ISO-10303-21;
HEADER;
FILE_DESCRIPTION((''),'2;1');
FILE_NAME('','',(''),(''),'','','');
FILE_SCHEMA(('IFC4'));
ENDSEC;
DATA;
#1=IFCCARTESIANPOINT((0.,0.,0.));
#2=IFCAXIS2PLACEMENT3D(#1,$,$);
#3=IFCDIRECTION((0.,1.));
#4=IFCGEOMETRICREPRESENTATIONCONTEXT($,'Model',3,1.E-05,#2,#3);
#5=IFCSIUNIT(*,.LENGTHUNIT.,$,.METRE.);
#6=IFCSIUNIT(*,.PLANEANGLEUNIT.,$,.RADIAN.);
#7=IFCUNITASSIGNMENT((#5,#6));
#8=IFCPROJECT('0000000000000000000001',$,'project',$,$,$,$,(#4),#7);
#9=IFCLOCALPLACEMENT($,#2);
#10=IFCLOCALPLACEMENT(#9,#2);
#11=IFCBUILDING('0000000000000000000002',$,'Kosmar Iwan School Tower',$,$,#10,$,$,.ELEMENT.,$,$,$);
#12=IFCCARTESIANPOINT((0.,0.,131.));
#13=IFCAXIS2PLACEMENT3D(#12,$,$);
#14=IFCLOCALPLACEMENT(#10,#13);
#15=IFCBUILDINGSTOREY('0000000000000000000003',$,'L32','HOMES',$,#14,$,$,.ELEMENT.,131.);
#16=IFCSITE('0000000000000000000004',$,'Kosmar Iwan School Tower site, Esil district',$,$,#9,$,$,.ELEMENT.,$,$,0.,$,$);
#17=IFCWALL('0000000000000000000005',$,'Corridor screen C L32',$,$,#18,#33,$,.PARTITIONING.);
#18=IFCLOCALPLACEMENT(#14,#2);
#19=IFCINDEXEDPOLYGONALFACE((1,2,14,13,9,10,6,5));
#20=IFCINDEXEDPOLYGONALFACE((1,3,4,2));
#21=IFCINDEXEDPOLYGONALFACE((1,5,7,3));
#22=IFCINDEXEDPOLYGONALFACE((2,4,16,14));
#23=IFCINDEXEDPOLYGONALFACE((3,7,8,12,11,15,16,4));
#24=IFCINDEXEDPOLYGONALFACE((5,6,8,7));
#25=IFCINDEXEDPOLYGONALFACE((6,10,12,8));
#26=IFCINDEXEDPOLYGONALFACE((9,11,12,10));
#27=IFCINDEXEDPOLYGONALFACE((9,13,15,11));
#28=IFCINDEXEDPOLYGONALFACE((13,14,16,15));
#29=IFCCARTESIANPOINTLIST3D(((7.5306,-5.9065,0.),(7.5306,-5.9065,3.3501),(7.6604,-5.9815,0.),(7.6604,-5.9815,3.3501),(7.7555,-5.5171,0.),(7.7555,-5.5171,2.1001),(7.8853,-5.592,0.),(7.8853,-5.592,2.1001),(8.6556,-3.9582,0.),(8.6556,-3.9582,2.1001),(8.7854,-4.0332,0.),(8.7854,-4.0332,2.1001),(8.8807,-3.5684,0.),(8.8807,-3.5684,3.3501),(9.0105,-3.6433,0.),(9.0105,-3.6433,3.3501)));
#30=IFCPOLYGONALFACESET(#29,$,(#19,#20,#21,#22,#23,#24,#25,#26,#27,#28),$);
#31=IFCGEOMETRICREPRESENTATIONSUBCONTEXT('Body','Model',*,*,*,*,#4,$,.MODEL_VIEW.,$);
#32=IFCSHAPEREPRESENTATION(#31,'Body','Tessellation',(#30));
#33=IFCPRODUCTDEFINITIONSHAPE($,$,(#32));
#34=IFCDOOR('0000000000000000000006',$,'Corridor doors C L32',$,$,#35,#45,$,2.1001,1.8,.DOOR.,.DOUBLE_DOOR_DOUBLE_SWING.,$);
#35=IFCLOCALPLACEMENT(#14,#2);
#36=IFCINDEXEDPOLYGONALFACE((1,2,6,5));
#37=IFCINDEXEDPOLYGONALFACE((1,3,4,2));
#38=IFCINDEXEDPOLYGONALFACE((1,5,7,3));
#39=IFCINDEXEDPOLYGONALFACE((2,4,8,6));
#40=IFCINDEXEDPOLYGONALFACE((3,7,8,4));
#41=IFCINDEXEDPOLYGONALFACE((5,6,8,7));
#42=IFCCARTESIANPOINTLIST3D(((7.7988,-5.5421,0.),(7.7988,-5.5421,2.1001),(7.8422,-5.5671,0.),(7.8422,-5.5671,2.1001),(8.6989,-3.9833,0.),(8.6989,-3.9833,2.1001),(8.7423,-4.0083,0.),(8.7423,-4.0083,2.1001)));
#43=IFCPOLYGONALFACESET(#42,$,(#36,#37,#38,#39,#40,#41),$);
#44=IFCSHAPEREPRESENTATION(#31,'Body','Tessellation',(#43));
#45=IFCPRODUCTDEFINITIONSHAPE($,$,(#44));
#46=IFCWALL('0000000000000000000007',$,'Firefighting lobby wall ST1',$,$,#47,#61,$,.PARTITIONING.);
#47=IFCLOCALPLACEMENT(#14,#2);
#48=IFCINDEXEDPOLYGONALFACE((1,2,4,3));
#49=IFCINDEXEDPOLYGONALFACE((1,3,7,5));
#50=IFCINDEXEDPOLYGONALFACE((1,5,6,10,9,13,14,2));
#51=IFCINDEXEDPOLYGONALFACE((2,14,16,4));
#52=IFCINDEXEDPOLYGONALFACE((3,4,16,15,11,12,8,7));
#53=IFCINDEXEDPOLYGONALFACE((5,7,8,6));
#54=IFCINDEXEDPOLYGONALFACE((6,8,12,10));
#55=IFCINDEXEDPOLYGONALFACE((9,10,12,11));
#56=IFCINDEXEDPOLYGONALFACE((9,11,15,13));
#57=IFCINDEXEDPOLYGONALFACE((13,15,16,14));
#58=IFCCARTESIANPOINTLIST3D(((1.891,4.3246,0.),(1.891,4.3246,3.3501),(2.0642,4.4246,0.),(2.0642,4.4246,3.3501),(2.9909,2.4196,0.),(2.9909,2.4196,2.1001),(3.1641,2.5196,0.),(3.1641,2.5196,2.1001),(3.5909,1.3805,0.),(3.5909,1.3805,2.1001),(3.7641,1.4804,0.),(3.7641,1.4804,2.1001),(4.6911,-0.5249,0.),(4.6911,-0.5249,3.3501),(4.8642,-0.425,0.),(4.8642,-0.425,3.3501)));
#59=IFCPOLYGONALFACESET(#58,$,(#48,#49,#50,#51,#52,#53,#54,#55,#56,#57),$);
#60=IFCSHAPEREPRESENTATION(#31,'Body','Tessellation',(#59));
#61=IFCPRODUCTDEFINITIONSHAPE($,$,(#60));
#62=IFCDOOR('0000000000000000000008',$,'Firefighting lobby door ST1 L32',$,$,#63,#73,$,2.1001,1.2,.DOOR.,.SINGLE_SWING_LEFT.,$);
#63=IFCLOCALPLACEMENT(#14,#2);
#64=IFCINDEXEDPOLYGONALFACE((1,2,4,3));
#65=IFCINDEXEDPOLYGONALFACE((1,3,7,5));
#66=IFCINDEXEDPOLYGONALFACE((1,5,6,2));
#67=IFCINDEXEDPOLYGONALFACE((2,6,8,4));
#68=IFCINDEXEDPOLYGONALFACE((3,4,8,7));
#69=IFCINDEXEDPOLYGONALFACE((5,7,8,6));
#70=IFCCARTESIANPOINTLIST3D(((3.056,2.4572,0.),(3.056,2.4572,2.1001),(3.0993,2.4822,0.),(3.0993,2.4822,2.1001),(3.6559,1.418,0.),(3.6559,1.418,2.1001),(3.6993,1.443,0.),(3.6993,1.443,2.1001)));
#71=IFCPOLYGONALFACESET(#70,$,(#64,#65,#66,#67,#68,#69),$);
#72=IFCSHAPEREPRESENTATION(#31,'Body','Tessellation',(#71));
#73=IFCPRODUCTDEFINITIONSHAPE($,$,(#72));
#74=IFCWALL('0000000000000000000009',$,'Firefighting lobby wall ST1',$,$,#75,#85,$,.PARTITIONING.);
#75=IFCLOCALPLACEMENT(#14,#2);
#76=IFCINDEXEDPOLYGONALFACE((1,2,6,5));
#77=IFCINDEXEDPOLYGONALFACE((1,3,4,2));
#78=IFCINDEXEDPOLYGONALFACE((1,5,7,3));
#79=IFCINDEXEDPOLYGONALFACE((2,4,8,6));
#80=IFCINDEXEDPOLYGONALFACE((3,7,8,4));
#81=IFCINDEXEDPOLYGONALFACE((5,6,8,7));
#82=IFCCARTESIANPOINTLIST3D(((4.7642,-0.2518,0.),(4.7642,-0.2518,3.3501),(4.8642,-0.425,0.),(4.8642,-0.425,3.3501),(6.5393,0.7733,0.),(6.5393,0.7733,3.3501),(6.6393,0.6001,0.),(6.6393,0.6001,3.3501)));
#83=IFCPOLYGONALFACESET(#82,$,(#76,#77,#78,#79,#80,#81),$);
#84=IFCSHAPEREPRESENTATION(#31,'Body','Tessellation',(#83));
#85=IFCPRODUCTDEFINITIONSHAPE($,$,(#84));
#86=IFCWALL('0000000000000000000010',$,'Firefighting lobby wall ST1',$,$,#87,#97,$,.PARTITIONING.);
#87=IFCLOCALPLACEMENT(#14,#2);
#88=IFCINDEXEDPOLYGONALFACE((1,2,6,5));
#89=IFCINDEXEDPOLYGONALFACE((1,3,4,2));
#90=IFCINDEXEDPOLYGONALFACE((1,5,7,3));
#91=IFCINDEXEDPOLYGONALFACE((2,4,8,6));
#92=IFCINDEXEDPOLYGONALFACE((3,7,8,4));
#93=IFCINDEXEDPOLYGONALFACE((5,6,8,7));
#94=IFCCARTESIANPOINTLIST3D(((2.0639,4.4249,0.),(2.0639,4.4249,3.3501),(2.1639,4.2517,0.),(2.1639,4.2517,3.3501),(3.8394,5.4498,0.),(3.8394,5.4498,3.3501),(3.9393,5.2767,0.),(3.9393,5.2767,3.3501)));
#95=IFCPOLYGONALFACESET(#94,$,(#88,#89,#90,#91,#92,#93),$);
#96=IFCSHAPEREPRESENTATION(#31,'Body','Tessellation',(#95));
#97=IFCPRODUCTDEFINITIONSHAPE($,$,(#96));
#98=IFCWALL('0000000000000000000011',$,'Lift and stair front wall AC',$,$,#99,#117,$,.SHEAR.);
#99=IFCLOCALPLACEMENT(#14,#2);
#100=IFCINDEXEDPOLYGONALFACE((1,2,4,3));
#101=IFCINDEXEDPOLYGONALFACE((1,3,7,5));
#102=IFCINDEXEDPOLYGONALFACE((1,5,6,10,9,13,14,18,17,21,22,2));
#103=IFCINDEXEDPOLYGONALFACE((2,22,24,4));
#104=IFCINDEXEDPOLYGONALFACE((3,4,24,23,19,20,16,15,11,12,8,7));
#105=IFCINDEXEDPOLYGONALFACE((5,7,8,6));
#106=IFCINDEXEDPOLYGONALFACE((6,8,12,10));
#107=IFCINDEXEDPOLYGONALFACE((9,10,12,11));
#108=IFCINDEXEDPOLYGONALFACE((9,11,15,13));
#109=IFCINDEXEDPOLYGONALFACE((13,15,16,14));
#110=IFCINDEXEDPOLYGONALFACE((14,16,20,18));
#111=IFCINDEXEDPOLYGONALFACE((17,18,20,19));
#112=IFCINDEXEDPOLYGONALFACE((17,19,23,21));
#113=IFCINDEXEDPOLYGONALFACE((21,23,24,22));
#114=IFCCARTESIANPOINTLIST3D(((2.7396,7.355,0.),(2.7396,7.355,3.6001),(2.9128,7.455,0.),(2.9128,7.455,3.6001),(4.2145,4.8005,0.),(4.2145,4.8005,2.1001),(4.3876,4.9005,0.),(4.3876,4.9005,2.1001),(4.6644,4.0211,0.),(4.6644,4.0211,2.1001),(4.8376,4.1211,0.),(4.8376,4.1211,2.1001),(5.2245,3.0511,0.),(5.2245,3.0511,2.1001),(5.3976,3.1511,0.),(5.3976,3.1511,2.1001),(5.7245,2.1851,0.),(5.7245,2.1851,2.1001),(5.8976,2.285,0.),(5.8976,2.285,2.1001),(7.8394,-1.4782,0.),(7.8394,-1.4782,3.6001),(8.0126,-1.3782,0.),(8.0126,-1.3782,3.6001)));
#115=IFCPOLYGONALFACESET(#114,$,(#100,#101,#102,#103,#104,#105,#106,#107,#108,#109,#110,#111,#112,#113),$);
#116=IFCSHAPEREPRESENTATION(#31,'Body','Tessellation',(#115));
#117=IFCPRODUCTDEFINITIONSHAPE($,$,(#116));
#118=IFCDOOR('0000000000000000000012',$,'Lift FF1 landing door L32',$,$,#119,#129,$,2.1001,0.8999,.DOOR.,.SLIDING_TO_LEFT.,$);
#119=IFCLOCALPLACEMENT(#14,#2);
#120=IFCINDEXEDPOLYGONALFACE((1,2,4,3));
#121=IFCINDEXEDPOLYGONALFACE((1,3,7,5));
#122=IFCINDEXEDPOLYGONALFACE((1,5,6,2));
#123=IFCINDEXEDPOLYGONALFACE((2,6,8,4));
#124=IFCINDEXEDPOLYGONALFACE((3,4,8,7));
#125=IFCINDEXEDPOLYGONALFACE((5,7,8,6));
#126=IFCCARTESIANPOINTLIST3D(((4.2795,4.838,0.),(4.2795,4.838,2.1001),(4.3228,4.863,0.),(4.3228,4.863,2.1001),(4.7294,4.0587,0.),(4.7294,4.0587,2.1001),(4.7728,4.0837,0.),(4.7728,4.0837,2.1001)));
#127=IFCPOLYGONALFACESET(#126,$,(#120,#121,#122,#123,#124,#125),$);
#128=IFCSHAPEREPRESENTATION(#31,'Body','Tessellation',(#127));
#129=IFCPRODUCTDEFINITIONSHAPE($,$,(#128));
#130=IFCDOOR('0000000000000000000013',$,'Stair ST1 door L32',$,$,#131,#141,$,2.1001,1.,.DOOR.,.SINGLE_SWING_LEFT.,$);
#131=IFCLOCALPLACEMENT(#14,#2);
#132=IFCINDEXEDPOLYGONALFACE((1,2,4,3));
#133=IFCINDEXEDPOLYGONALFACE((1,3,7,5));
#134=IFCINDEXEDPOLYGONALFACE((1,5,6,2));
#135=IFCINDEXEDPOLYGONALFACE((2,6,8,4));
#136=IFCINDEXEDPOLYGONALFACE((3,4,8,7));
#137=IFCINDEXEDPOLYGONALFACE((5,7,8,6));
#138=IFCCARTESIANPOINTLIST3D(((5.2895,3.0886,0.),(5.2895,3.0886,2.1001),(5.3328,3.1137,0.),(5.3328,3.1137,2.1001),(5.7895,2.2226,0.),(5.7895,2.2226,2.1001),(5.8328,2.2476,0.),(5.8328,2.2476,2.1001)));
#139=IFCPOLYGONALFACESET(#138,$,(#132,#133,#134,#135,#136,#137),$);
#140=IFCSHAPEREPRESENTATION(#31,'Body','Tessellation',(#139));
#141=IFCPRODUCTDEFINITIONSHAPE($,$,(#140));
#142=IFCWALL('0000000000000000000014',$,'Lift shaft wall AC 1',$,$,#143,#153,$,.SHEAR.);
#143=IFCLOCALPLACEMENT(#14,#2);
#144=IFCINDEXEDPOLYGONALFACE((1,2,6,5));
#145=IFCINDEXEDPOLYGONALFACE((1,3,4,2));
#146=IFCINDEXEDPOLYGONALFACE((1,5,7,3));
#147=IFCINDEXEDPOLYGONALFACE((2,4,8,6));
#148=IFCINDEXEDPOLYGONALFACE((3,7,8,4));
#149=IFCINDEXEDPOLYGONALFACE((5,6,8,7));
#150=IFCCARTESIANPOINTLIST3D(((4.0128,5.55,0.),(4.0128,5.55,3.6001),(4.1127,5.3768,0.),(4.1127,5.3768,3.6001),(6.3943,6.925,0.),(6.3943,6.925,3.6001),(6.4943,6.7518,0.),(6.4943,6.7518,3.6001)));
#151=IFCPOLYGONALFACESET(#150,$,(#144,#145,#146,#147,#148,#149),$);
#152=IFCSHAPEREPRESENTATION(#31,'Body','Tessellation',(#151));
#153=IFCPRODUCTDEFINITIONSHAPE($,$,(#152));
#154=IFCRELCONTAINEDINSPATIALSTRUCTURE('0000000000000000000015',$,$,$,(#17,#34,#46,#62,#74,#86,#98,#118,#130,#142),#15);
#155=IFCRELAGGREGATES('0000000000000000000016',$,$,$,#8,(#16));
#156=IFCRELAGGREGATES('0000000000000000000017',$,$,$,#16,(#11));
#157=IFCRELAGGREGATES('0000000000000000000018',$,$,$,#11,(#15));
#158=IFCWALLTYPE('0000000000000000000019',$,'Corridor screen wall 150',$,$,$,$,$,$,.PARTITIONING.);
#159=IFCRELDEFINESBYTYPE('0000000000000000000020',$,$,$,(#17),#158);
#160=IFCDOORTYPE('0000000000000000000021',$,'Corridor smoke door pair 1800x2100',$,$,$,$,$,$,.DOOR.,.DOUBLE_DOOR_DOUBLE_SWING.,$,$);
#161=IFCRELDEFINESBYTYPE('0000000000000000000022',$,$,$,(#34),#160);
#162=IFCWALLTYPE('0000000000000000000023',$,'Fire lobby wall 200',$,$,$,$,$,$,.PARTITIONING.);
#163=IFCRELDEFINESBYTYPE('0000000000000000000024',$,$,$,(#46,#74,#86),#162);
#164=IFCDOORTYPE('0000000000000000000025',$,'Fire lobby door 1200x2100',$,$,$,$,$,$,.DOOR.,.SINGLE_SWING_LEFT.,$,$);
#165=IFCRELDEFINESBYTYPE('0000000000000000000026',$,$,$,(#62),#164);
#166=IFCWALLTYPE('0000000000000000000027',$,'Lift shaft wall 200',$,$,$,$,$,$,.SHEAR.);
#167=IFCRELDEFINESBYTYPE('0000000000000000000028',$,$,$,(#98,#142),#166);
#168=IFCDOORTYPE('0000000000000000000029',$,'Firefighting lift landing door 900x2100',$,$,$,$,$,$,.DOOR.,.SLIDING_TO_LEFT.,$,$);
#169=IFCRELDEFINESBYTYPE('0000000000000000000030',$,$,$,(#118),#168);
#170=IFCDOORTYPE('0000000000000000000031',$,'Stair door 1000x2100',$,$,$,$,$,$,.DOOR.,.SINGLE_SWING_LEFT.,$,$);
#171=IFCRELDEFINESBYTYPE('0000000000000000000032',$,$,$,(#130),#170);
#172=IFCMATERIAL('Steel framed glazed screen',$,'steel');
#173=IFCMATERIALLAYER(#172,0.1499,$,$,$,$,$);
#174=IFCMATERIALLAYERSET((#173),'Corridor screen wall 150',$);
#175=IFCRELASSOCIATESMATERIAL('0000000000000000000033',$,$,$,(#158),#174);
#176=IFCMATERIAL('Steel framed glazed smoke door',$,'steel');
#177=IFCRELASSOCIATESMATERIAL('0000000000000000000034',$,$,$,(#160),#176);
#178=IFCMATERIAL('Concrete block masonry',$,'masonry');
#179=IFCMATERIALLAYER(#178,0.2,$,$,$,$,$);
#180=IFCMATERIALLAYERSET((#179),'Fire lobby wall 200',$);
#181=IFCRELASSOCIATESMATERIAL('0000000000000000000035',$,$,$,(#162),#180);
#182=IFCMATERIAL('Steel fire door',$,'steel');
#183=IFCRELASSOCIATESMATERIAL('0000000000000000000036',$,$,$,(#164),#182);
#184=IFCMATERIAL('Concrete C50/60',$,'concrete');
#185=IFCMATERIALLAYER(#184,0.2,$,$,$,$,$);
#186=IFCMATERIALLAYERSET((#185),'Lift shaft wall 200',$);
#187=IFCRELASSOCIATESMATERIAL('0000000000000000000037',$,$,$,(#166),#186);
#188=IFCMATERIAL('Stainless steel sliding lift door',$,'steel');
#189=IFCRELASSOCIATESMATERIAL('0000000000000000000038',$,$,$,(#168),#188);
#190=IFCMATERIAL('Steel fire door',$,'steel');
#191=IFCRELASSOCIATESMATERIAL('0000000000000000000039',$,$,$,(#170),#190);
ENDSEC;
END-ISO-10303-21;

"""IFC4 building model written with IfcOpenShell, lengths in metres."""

from ifc_helpers import new_model, si_unit, direction, frame, frame_2d, origin, place, context, subcontext, project, spatial, rectangle, extrude, material, layer, layer_set, type_object, element, fill, save


model = new_model("IFC4")

# Units and contexts
model_context = context("Model", 3, precision=1e-05, world=origin(), true_north=direction((0.0, 1.0)))
body_context = subcontext(model_context, "Body", "Model", "MODEL_VIEW")
ifc_project = project(units=[si_unit("LENGTHUNIT", "METRE"), si_unit("PLANEANGLEUNIT", "RADIAN")], contexts=[model_context])

# Site, building, storey
site_placement = place(None, origin())
site = spatial("IfcSite", under=ifc_project, at=site_placement, Name="Kosmar Iwan School Tower site, Esil district", CompositionType="ELEMENT", RefElevation=0.0)
building_placement = place(site_placement, origin())
building = spatial("IfcBuilding", under=site, at=building_placement, Name="Kosmar Iwan School Tower", CompositionType="ELEMENT")
storey_placement = place(building_placement, frame((0.0, 0.0, 131.0)))
storey = spatial("IfcBuildingStorey", under=building, at=storey_placement, Name="L32", Description="HOMES", CompositionType="ELEMENT", Elevation=131.0)

# Walls, openings, doors
ifc_material_1 = material(Name="Steel framed glazed screen", Category="steel")
ifc_layer_1 = layer(ifc_material_1, 0.1499)
ifc_layer_set_1 = layer_set([ifc_layer_1], Name="Corridor screen wall 150")
wall_type_1 = type_object("IfcWallType", Name="Corridor screen wall 150", PredefinedType="PARTITIONING", material=ifc_layer_set_1)
wall_1_placement = place(storey_placement, frame((7.5955, -5.9441, 0.0), z_axis=(0.0, 0.0, 1.0), x_axis=(0.500049, 0.865997, 0.0)))
wall_1 = element("IfcWall", 1, at=wall_1_placement, inside=storey, type_object=wall_type_1, Name="Corridor screen C L32", PredefinedType="PARTITIONING", context=body_context, shape_type="SweptSolid", body=[
    extrude(rectangle(XDim=2.7, YDim=0.1499, at=frame_2d((1.3501, 0.0))), origin(), (0.0, 0.0, 1.0), 3.3501),
])
opening_1_placement = place(wall_1_placement, frame((0.45, 0.0, 0.0)))
opening_1 = element("IfcOpeningElement", 2, at=opening_1_placement, cuts=wall_1, PredefinedType="OPENING", context=body_context, shape_type="SweptSolid", body=[
    extrude(rectangle(XDim=1.8, YDim=2.1001, at=frame_2d((0.8999, 1.05))), frame((0.0, 0.0869, 0.0), z_axis=(0.0, -1.0, 0.0), x_axis=(1.0, 0.0, 0.0)), (0.0, 0.0, 1.0), 0.1738),
])
ifc_material_2 = material(Name="Steel framed glazed smoke door", Category="steel")
door_type_1 = type_object("IfcDoorType", Name="Corridor smoke door pair 1800x2100", OperationType="DOUBLE_DOOR_DOUBLE_SWING", PredefinedType="DOOR", material=ifc_material_2)
door_1_placement = place(opening_1_placement, origin())
door_1 = element("IfcDoor", 3, at=door_1_placement, inside=storey, type_object=door_type_1, Name="Corridor doors C L32", OperationType="DOUBLE_DOOR_DOUBLE_SWING", OverallHeight=2.1001, OverallWidth=1.8, PredefinedType="DOOR", context=body_context, shape_type="SweptSolid", body=[
    extrude(rectangle(XDim=1.8, YDim=2.1001, at=frame_2d((0.8999, 1.05))), frame((0.0, 0.0249, 0.0), z_axis=(0.0, -1.0, 0.0), x_axis=(1.0, 0.0, 0.0)), (0.0, 0.0, 1.0), 0.05),
])
fill(opening_1, door_1)
ifc_material_3 = material(Name="Concrete block masonry", Category="masonry")
ifc_layer_2 = layer(ifc_material_3, 0.2)
ifc_layer_set_2 = layer_set([ifc_layer_2], Name="Fire lobby wall 200")
wall_type_2 = type_object("IfcWallType", Name="Fire lobby wall 200", PredefinedType="PARTITIONING", material=ifc_layer_set_2)
wall_2_placement = place(storey_placement, frame((4.7776, -0.4749, 0.0), z_axis=(0.0, 0.0, 1.0), x_axis=(-0.500017, 0.866016, 0.0)))
wall_2 = element("IfcWall", 4, at=wall_2_placement, inside=storey, type_object=wall_type_2, Name="Firefighting lobby wall ST1", PredefinedType="PARTITIONING", context=body_context, shape_type="SweptSolid", body=[
    extrude(rectangle(XDim=5.5999, YDim=0.2, at=frame_2d((2.7998, 0.0))), origin(), (0.0, 0.0, 1.0), 3.3501),
])
opening_2_placement = place(wall_2_placement, frame((2.2, 0.0, 0.0)))
opening_2 = element("IfcOpeningElement", 5, at=opening_2_placement, cuts=wall_2, PredefinedType="OPENING", context=body_context, shape_type="SweptSolid", body=[
    extrude(rectangle(XDim=1.2, YDim=2.1001, at=frame_2d((0.6001, 1.05))), frame((0.0, 0.1121, 0.0), z_axis=(0.0, -1.0, 0.0), x_axis=(1.0, 0.0, 0.0)), (0.0, 0.0, 1.0), 0.2239),
])
ifc_material_4 = material(Name="Steel fire door", Category="steel")
door_type_2 = type_object("IfcDoorType", Name="Fire lobby door 1200x2100", OperationType="SINGLE_SWING_LEFT", PredefinedType="DOOR", material=ifc_material_4)
door_2_placement = place(opening_2_placement, origin())
door_2 = element("IfcDoor", 6, at=door_2_placement, inside=storey, type_object=door_type_2, Name="Firefighting lobby door ST1 L32", OperationType="SINGLE_SWING_LEFT", OverallHeight=2.1001, OverallWidth=1.2, PredefinedType="DOOR", context=body_context, shape_type="SweptSolid", body=[
    extrude(rectangle(XDim=1.2, YDim=2.1001, at=frame_2d((0.6001, 1.05))), frame((0.0, 0.0249, 0.0), z_axis=(0.0, -1.0, 0.0), x_axis=(1.0, 0.0, 0.0)), (0.0, 0.0, 1.0), 0.05),
])
fill(opening_2, door_2)

# Walls
wall_3_placement = place(storey_placement, frame((4.8142, -0.3384, 0.0), z_axis=(0.0, 0.0, 1.0), x_axis=(0.865969, 0.500097, 0.0)))
element("IfcWall", 7, at=wall_3_placement, inside=storey, type_object=wall_type_2, Name="Firefighting lobby wall ST1", PredefinedType="PARTITIONING", context=body_context, shape_type="SweptSolid", body=[
    extrude(rectangle(XDim=2.0498, YDim=0.2, at=frame_2d((1.0249, 0.0))), origin(), (0.0, 0.0, 1.0), 3.3501),
])
wall_4_placement = place(storey_placement, frame((2.114, 4.3384, 0.0), z_axis=(0.0, 0.0, 1.0), x_axis=(0.866051, 0.499956, 0.0)))
element("IfcWall", 8, at=wall_4_placement, inside=storey, type_object=wall_type_2, Name="Firefighting lobby wall ST1", PredefinedType="PARTITIONING", context=body_context, shape_type="SweptSolid", body=[
    extrude(rectangle(XDim=2.05, YDim=0.2, at=frame_2d((1.0249, 0.0))), origin(), (0.0, 0.0, 1.0), 3.3501),
])

# Wall, openings, doors
ifc_material_5 = material(Name="Concrete C50/60", Category="concrete")
ifc_layer_3 = layer(ifc_material_5, 0.2)
ifc_layer_set_3 = layer_set([ifc_layer_3], Name="Lift shaft wall 200")
wall_type_3 = type_object("IfcWallType", Name="Lift shaft wall 200", PredefinedType="SHEAR", material=ifc_layer_set_3)
wall_5_placement = place(storey_placement, frame((7.926, -1.4282, 0.0), z_axis=(0.0, 0.0, 1.0), x_axis=(-0.499998, 0.866027, 0.0)))
wall_5 = element("IfcWall", 9, at=wall_5_placement, inside=storey, type_object=wall_type_3, Name="Lift and stair front wall AC", PredefinedType="SHEAR", context=body_context, shape_type="SweptSolid", body=[
    extrude(rectangle(XDim=10.1997, YDim=0.2, at=frame_2d((5.0999, 0.0))), origin(), (0.0, 0.0, 1.0), 3.6001),
])
opening_3_placement = place(wall_5_placement, frame((6.3501, 0.0, 0.0)))
opening_3 = element("IfcOpeningElement", 10, at=opening_3_placement, cuts=wall_5, PredefinedType="OPENING", context=body_context, shape_type="SweptSolid", body=[
    extrude(rectangle(XDim=0.8999, YDim=2.1001, at=frame_2d((0.45, 1.05))), frame((0.0, 0.1121, 0.0), z_axis=(0.0, -1.0, 0.0), x_axis=(1.0, 0.0, 0.0)), (0.0, 0.0, 1.0), 0.2239),
])
opening_4_placement = place(wall_5_placement, frame((4.23, 0.0, 0.0)))
opening_4 = element("IfcOpeningElement", 11, at=opening_4_placement, cuts=wall_5, PredefinedType="OPENING", context=body_context, shape_type="SweptSolid", body=[
    extrude(rectangle(XDim=1.0, YDim=2.1001, at=frame_2d((0.5, 1.05))), frame((0.0, 0.1121, 0.0), z_axis=(0.0, -1.0, 0.0), x_axis=(1.0, 0.0, 0.0)), (0.0, 0.0, 1.0), 0.2239),
])
ifc_material_6 = material(Name="Stainless steel sliding lift door", Category="steel")
door_type_3 = type_object("IfcDoorType", Name="Firefighting lift landing door 900x2100", OperationType="SLIDING_TO_LEFT", PredefinedType="DOOR", material=ifc_material_6)
door_3_placement = place(opening_3_placement, origin())
door_3 = element("IfcDoor", 12, at=door_3_placement, inside=storey, type_object=door_type_3, Name="Lift FF1 landing door L32", OperationType="SLIDING_TO_LEFT", OverallHeight=2.1001, OverallWidth=0.8999, PredefinedType="DOOR", context=body_context, shape_type="SweptSolid", body=[
    extrude(rectangle(XDim=0.8999, YDim=2.1001, at=frame_2d((0.45, 1.05))), frame((0.0, 0.0249, 0.0), z_axis=(0.0, -1.0, 0.0), x_axis=(1.0, 0.0, 0.0)), (0.0, 0.0, 1.0), 0.05),
])
fill(opening_3, door_3)
ifc_material_7 = material(Name="Steel fire door", Category="steel")
door_type_4 = type_object("IfcDoorType", Name="Stair door 1000x2100", OperationType="SINGLE_SWING_LEFT", PredefinedType="DOOR", material=ifc_material_7)
door_4_placement = place(opening_4_placement, origin())
door_4 = element("IfcDoor", 13, at=door_4_placement, inside=storey, type_object=door_type_4, Name="Stair ST1 door L32", OperationType="SINGLE_SWING_LEFT", OverallHeight=2.1001, OverallWidth=1.0, PredefinedType="DOOR", context=body_context, shape_type="SweptSolid", body=[
    extrude(rectangle(XDim=1.0, YDim=2.1001, at=frame_2d((0.5, 1.05))), frame((0.0, 0.0249, 0.0), z_axis=(0.0, -1.0, 0.0), x_axis=(1.0, 0.0, 0.0)), (0.0, 0.0, 1.0), 0.05),
])
fill(opening_4, door_4)

# Wall
wall_6_placement = place(storey_placement, frame((4.0627, 5.4634, 0.0), z_axis=(0.0, 0.0, 1.0), x_axis=(0.866027, 0.499997, 0.0)))
element("IfcWall", 14, at=wall_6_placement, inside=storey, type_object=wall_type_3, Name="Lift shaft wall AC 1", PredefinedType="SHEAR", context=body_context, shape_type="SweptSolid", body=[
    extrude(rectangle(XDim=2.75, YDim=0.2, at=frame_2d((1.375, 0.0))), origin(), (0.0, 0.0, 1.0), 3.6001),
])

save(model, "model.ifc")
